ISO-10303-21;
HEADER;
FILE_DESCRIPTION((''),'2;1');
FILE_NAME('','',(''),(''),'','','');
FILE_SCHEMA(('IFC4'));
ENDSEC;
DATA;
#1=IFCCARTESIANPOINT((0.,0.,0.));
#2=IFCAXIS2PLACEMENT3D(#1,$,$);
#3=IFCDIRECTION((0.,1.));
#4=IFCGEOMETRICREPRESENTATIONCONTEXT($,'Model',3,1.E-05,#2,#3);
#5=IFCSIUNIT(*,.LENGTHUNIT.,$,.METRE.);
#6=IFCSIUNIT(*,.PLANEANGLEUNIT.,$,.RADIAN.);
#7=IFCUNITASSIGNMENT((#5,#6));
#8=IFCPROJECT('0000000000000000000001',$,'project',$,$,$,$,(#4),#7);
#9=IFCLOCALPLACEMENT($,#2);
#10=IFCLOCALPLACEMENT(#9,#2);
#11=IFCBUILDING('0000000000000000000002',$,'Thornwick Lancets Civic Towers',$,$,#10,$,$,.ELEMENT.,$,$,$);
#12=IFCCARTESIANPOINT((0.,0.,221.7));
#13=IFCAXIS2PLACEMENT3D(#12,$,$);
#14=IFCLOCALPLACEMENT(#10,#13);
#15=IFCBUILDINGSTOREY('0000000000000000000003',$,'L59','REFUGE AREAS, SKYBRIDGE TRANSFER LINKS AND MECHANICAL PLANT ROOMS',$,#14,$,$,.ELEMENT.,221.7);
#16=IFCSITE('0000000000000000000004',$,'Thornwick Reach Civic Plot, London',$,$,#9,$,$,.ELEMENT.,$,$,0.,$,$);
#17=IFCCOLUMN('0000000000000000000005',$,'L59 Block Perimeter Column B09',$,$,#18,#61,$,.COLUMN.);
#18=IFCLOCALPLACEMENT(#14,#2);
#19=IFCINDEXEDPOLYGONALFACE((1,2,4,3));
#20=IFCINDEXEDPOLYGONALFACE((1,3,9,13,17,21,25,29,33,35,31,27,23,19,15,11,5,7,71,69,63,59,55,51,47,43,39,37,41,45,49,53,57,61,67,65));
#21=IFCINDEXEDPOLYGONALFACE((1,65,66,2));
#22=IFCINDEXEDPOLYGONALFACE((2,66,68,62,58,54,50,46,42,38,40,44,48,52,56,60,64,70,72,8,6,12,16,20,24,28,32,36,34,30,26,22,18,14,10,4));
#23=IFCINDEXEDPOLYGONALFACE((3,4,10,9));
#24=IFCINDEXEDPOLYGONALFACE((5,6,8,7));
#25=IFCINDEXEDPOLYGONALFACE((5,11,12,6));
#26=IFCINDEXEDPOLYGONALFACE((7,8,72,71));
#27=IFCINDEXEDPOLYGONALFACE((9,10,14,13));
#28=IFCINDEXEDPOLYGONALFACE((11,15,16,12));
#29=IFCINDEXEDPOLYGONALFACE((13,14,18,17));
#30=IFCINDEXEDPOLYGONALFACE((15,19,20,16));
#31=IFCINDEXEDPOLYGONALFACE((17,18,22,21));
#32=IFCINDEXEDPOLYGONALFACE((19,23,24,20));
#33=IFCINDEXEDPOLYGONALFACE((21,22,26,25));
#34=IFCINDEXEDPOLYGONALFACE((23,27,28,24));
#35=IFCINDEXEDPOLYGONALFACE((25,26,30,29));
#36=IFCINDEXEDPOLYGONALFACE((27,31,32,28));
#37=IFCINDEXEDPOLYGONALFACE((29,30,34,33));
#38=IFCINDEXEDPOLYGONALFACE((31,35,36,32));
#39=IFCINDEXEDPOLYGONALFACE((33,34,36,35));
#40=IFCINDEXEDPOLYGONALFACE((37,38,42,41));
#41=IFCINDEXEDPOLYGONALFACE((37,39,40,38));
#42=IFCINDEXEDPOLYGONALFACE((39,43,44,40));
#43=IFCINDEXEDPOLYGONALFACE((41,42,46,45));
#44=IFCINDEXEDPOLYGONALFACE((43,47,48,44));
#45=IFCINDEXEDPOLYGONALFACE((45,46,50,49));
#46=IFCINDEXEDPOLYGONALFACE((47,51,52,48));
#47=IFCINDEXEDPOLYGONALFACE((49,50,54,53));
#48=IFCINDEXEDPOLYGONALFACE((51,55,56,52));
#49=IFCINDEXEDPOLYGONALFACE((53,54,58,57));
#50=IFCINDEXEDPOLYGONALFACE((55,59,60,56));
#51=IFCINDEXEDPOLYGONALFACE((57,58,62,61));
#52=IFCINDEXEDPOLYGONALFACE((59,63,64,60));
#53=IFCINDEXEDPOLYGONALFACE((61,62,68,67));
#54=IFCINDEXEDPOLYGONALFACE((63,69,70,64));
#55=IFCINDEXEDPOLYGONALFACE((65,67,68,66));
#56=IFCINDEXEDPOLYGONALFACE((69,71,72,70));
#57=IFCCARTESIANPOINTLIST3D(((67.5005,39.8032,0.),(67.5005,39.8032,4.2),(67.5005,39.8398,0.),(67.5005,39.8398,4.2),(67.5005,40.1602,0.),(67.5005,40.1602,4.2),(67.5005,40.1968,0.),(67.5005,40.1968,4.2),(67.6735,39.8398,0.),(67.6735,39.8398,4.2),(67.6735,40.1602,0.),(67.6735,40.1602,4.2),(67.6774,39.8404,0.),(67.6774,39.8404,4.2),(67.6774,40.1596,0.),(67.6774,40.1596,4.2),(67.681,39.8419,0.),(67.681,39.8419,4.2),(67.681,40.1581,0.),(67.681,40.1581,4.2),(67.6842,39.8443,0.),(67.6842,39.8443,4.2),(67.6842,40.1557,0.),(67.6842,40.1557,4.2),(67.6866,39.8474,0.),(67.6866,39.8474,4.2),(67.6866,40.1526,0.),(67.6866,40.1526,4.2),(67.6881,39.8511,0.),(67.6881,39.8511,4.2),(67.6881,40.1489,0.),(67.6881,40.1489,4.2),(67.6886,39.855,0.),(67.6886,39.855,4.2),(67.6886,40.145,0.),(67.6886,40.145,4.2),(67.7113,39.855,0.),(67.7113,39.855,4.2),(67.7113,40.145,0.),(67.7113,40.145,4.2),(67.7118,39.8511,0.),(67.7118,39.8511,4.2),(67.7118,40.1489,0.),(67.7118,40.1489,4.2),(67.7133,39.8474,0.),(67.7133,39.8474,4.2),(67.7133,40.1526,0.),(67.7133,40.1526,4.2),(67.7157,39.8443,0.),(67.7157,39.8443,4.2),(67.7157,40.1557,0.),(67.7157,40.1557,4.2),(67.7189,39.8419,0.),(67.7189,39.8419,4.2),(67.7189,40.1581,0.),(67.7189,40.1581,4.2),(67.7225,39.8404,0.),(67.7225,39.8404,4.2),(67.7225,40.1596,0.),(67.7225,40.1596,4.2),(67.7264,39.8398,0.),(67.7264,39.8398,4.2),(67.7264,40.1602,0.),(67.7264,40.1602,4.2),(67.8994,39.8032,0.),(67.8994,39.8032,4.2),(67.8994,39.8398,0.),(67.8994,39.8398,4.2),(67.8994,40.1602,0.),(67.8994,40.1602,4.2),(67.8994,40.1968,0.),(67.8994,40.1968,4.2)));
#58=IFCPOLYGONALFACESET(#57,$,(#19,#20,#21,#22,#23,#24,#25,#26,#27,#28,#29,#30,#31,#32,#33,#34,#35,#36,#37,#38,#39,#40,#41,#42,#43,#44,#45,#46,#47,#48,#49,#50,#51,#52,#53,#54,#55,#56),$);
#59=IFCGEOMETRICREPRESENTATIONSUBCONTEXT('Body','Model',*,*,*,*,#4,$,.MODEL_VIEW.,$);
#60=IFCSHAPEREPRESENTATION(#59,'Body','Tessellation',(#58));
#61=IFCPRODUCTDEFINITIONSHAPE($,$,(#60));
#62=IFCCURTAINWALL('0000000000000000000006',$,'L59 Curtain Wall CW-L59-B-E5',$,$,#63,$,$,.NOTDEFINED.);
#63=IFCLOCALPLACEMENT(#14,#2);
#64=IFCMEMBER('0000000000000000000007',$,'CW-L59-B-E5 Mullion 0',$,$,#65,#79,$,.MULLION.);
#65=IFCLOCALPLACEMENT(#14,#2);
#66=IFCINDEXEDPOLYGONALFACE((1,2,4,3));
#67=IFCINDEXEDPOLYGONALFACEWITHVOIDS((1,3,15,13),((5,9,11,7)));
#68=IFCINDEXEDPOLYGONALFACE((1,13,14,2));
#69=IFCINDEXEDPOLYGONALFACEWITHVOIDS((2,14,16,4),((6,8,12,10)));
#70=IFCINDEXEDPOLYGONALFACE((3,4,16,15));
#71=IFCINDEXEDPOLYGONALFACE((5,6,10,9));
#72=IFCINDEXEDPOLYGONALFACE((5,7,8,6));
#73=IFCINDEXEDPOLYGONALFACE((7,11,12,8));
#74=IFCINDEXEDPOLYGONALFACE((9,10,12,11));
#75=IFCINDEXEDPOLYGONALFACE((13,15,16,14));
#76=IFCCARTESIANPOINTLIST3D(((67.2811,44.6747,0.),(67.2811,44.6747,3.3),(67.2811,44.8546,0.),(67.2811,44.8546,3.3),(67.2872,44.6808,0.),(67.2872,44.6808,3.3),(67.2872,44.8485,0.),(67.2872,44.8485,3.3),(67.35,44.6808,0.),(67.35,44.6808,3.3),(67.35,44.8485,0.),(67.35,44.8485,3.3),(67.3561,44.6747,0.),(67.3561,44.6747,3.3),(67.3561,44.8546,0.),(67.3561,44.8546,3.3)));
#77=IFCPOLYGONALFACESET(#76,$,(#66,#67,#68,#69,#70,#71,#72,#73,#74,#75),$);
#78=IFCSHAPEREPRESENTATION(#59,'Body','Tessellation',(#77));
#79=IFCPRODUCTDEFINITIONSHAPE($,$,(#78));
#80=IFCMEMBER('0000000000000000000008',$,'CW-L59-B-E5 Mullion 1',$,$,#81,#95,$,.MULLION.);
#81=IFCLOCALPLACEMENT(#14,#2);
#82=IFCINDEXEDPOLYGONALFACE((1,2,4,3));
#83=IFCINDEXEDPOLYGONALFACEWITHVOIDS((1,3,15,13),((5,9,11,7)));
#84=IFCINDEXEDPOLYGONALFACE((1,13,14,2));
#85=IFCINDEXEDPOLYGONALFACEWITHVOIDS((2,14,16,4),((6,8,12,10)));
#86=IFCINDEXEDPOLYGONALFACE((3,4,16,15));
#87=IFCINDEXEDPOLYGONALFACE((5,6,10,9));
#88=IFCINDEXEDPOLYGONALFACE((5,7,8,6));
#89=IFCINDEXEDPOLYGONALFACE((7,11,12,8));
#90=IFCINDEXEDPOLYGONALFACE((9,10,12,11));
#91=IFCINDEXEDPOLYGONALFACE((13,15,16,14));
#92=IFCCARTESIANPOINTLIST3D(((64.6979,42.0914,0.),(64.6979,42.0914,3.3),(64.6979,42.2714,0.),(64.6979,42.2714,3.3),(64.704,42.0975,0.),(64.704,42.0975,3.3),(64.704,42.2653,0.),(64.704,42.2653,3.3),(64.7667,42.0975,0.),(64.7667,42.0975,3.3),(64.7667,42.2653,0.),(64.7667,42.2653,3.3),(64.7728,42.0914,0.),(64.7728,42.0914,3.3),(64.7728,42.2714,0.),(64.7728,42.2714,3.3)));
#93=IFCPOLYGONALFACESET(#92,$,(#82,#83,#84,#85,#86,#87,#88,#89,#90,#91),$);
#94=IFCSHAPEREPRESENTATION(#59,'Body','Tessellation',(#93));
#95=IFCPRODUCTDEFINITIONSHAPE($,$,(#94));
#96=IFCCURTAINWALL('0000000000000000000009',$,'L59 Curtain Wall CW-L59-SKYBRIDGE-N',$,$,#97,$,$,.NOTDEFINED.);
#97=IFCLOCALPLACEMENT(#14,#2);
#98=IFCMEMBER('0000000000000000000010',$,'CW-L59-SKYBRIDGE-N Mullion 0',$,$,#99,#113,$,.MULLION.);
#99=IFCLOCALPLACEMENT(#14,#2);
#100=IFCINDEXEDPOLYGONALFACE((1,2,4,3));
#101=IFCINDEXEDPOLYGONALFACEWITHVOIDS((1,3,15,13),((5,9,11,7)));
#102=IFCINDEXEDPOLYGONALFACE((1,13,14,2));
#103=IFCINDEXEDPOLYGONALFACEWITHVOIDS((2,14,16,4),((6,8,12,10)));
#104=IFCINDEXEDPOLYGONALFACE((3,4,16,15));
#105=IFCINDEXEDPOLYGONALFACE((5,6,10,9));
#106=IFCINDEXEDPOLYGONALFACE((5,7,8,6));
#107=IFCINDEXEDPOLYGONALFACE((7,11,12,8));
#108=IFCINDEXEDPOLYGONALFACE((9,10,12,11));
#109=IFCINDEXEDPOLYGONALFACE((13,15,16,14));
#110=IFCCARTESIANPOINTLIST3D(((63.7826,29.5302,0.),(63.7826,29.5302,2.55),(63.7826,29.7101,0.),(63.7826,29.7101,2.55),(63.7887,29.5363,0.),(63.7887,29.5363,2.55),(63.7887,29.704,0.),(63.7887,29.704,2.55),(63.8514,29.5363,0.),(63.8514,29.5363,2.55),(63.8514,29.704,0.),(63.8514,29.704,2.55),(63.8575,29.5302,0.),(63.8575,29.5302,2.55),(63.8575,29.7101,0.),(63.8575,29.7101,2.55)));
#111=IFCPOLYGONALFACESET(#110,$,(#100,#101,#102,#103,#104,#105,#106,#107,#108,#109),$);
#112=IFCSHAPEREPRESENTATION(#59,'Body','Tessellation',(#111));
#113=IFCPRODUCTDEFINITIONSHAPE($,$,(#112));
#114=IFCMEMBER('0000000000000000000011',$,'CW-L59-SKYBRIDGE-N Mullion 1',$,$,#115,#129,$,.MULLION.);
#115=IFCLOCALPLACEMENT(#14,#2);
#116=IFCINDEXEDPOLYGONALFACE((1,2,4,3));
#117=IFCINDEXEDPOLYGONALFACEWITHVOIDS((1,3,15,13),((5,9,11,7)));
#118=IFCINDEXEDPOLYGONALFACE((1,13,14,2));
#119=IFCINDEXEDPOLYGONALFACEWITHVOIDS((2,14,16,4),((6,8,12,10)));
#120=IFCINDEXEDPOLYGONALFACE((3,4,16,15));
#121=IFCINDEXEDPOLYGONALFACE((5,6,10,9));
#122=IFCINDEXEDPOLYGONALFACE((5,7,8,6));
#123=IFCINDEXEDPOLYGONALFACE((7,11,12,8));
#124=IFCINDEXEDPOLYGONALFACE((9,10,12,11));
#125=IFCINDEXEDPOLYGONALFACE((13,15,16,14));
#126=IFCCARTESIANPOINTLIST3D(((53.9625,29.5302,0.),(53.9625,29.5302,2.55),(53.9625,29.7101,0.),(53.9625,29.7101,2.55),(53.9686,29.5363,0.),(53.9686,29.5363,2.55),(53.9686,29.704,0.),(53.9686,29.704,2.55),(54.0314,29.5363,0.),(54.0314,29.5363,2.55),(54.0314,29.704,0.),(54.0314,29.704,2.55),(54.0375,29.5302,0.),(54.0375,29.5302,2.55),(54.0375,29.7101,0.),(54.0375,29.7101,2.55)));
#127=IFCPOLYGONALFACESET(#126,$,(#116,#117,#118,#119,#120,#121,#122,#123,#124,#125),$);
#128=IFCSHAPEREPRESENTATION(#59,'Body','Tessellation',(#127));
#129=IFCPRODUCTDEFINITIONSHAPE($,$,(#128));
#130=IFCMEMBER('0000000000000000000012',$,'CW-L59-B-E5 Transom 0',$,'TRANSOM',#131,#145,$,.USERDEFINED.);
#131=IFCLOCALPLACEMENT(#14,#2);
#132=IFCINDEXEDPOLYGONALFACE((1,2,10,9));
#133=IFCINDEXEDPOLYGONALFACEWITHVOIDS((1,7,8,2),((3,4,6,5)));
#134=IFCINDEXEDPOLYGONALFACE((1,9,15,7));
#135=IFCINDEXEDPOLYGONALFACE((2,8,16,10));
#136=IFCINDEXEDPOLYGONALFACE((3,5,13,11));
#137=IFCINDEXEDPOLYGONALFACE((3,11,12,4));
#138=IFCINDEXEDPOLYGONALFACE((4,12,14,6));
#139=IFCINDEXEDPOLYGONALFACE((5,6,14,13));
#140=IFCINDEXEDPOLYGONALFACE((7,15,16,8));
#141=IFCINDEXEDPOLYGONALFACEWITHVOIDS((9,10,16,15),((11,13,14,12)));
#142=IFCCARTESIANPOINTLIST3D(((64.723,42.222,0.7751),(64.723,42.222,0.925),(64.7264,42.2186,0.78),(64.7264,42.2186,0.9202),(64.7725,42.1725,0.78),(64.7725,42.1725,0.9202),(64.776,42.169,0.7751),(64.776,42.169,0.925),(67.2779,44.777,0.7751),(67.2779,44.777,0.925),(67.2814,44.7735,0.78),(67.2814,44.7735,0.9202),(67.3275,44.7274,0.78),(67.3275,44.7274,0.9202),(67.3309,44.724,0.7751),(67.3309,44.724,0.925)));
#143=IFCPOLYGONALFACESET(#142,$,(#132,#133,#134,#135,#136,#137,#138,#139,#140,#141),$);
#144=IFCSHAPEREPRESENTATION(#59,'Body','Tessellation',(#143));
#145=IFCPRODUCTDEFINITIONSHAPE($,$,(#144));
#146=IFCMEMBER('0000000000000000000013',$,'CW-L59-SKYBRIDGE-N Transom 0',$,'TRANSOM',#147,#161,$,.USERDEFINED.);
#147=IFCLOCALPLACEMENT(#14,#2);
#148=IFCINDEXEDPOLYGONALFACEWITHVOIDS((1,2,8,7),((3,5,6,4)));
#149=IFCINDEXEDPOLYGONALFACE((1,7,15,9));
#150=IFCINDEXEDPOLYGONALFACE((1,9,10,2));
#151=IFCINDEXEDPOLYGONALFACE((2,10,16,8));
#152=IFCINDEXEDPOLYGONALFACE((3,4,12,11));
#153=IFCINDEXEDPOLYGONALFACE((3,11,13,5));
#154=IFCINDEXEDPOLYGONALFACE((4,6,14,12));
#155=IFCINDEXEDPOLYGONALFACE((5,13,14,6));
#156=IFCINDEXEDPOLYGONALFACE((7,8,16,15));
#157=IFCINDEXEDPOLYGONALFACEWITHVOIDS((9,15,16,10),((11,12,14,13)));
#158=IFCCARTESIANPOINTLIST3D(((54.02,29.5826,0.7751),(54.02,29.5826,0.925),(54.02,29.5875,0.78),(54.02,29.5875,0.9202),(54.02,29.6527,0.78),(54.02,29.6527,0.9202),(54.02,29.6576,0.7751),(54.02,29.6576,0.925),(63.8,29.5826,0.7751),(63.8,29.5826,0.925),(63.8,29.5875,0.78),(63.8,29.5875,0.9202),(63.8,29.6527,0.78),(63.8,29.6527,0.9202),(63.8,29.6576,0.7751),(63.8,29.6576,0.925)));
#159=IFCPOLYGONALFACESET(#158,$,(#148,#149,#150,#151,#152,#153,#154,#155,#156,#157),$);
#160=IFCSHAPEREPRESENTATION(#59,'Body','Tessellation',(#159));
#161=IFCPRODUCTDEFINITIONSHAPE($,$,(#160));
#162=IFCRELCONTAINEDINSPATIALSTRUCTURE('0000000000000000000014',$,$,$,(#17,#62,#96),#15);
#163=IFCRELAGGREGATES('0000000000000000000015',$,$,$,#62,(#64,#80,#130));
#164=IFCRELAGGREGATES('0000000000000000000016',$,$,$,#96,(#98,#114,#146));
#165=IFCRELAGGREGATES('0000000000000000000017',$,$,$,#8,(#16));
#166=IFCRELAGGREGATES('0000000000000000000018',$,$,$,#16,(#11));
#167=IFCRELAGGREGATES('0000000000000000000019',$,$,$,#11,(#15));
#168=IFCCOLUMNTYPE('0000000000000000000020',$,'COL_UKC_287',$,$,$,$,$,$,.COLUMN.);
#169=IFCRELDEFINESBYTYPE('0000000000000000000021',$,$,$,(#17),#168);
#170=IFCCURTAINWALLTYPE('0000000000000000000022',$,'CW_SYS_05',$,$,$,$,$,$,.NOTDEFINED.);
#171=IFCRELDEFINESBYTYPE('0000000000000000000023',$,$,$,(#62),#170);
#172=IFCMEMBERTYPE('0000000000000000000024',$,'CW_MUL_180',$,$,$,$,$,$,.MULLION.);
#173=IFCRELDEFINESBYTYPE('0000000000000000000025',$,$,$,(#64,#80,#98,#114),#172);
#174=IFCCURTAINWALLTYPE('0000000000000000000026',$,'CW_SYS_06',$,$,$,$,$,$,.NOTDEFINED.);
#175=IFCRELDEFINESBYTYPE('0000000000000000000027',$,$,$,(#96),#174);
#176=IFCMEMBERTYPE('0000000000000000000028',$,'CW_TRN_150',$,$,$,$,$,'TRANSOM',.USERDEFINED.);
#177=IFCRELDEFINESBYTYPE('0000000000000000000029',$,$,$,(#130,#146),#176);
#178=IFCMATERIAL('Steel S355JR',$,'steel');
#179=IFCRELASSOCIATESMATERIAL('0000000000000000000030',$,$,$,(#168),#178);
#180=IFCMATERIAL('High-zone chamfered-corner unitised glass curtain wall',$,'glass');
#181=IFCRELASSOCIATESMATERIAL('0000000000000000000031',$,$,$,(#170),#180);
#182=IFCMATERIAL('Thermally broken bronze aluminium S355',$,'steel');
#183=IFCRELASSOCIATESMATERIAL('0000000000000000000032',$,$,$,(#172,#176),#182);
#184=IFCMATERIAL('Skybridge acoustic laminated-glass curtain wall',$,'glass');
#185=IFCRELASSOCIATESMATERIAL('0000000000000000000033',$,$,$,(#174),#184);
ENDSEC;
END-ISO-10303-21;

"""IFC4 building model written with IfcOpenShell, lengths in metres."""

from ifc_helpers import new_model, si_unit, direction, frame, origin, origin_2d, place, context, subcontext, project, spatial, hollow_rectangle, i_section, extrude, material, material_profile, profile_set, type_object, element, aggregate, save


model = new_model("IFC4")

# Units and contexts
model_context = context("Model", 3, precision=1e-05, world=origin(), true_north=direction((0.0, 1.0)))
body_context = subcontext(model_context, "Body", "Model", "MODEL_VIEW")
ifc_project = project(units=[si_unit("LENGTHUNIT", "METRE"), si_unit("PLANEANGLEUNIT", "RADIAN")], contexts=[model_context])

# Site, building, storey
site_placement = place(None, origin())
site = spatial("IfcSite", under=ifc_project, at=site_placement, Name="Thornwick Reach Civic Plot, London", CompositionType="ELEMENT", RefElevation=0.0)
building_placement = place(site_placement, origin())
building = spatial("IfcBuilding", under=site, at=building_placement, Name="Thornwick Lancets Civic Towers", CompositionType="ELEMENT")
storey_placement = place(building_placement, frame((0.0, 0.0, 221.7)))
storey = spatial("IfcBuildingStorey", under=building, at=storey_placement, Name="L59", Description="REFUGE AREAS, SKYBRIDGE TRANSFER LINKS AND MECHANICAL PLANT ROOMS", CompositionType="ELEMENT", Elevation=221.7)

# Column
ifc_material_1 = material(Name="Steel S355JR", Category="steel")
ifc_material_profile_1 = material_profile(ifc_material_1, i_section(OverallWidth=0.3989, OverallDepth=0.3936, WebThickness=0.0227, FlangeThickness=0.0366, FilletRadius=0.0151, at=origin_2d()), Name="UKC 356x406x287")
ifc_profile_set_1 = profile_set([ifc_material_profile_1], Name="Steel S355JR")
column_type = type_object("IfcColumnType", Name="COL_UKC_287", PredefinedType="COLUMN", material=ifc_profile_set_1)
column_placement = place(storey_placement, frame((67.7, 40.0, 0.0), z_axis=(0.0, 0.0, 1.0), x_axis=(1.0, 0.0, 0.0)))
element("IfcColumn", 1, at=column_placement, inside=storey, type_object=column_type, Name="L59 Block Perimeter Column B09", PredefinedType="COLUMN", context=body_context, shape_type="SweptSolid", body=[
    extrude(i_section(OverallWidth=0.3989, OverallDepth=0.3936, WebThickness=0.0227, FlangeThickness=0.0366, FilletRadius=0.0151, at=origin_2d()), origin(), (0.0, 0.0, 1.0), 4.2),
])

# Curtain walls, members
ifc_material_2 = material(Name="High-zone chamfered-corner unitised glass curtain wall", Category="glass")
curtain_wall_type_1 = type_object("IfcCurtainWallType", Name="CW_SYS_05", PredefinedType="NOTDEFINED", material=ifc_material_2)
curtain_wall_1_placement = place(storey_placement, origin())
curtain_wall_1 = element("IfcCurtainWall", 2, at=curtain_wall_1_placement, inside=storey, type_object=curtain_wall_type_1, Name="L59 Curtain Wall CW-L59-B-E5", PredefinedType="NOTDEFINED")
ifc_material_3 = material(Name="Thermally broken bronze aluminium S355", Category="steel")
ifc_material_profile_2 = material_profile(ifc_material_3, hollow_rectangle(XDim=0.075, YDim=0.1799, WallThickness=0.0061, at=origin_2d()), Name="RHS 180x75x6")
ifc_profile_set_2 = profile_set([ifc_material_profile_2], Name="Thermally broken bronze aluminium S355")
member_type_1 = type_object("IfcMemberType", Name="CW_MUL_180", PredefinedType="MULLION", material=ifc_profile_set_2)
member_1_placement = place(storey_placement, frame((67.3186, 44.7646, 0.0), z_axis=(0.0, 0.0, 1.0), x_axis=(1.0, 0.0, 0.0)))
member_1 = element("IfcMember", 3, at=member_1_placement, type_object=member_type_1, Name="CW-L59-B-E5 Mullion 0", PredefinedType="MULLION", context=body_context, shape_type="SweptSolid", body=[
    extrude(hollow_rectangle(XDim=0.075, YDim=0.1799, WallThickness=0.0061, at=origin_2d()), origin(), (0.0, 0.0, 1.0), 3.3),
])
member_2_placement = place(storey_placement, frame((64.7354, 42.1814, 0.0), z_axis=(0.0, 0.0, 1.0), x_axis=(1.0, 0.0, 0.0)))
member_2 = element("IfcMember", 4, at=member_2_placement, type_object=member_type_1, Name="CW-L59-B-E5 Mullion 1", PredefinedType="MULLION", context=body_context, shape_type="SweptSolid", body=[
    extrude(hollow_rectangle(XDim=0.075, YDim=0.1799, WallThickness=0.0061, at=origin_2d()), origin(), (0.0, 0.0, 1.0), 3.3),
])
ifc_material_4 = material(Name="Skybridge acoustic laminated-glass curtain wall", Category="glass")
curtain_wall_type_2 = type_object("IfcCurtainWallType", Name="CW_SYS_06", PredefinedType="NOTDEFINED", material=ifc_material_4)
curtain_wall_2_placement = place(storey_placement, origin())
curtain_wall_2 = element("IfcCurtainWall", 5, at=curtain_wall_2_placement, inside=storey, type_object=curtain_wall_type_2, Name="L59 Curtain Wall CW-L59-SKYBRIDGE-N", PredefinedType="NOTDEFINED")
member_3_placement = place(storey_placement, frame((63.8201, 29.6201, 0.0), z_axis=(0.0, 0.0, 1.0), x_axis=(1.0, 0.0, 0.0)))
member_3 = element("IfcMember", 6, at=member_3_placement, type_object=member_type_1, Name="CW-L59-SKYBRIDGE-N Mullion 0", PredefinedType="MULLION", context=body_context, shape_type="SweptSolid", body=[
    extrude(hollow_rectangle(XDim=0.075, YDim=0.1799, WallThickness=0.0061, at=origin_2d()), origin(), (0.0, 0.0, 1.0), 2.55),
])
member_4_placement = place(storey_placement, frame((54.0, 29.6201, 0.0), z_axis=(0.0, 0.0, 1.0), x_axis=(1.0, 0.0, 0.0)))
member_4 = element("IfcMember", 7, at=member_4_placement, type_object=member_type_1, Name="CW-L59-SKYBRIDGE-N Mullion 1", PredefinedType="MULLION", context=body_context, shape_type="SweptSolid", body=[
    extrude(hollow_rectangle(XDim=0.075, YDim=0.1799, WallThickness=0.0061, at=origin_2d()), origin(), (0.0, 0.0, 1.0), 2.55),
])

# Members
ifc_material_profile_3 = material_profile(ifc_material_3, hollow_rectangle(XDim=0.075, YDim=0.1499, WallThickness=0.0049, at=origin_2d()), Name="RHS 150x75x5")
ifc_profile_set_3 = profile_set([ifc_material_profile_3], Name="Thermally broken bronze aluminium S355")
member_type_2 = type_object("IfcMemberType", Name="CW_TRN_150", ElementType="TRANSOM", PredefinedType="USERDEFINED", material=ifc_profile_set_3)
member_5_placement = place(storey_placement, frame((67.3044, 44.7505, 0.8501), z_axis=(-0.707107, -0.707107, 0.0), x_axis=(0.707107, -0.707107, 0.0)))
member_5 = element("IfcMember", 8, at=member_5_placement, type_object=member_type_2, Name="CW-L59-B-E5 Transom 0", ObjectType="TRANSOM", PredefinedType="USERDEFINED", context=body_context, shape_type="SweptSolid", body=[
    extrude(hollow_rectangle(XDim=0.075, YDim=0.1499, WallThickness=0.0049, at=origin_2d()), origin(), (0.0, 0.0, 1.0), 3.6133),
])
member_6_placement = place(storey_placement, frame((63.8, 29.6201, 0.8501), z_axis=(-1.0, 0.0, 0.0), x_axis=(0.0, -1.0, 0.0)))
member_6 = element("IfcMember", 9, at=member_6_placement, type_object=member_type_2, Name="CW-L59-SKYBRIDGE-N Transom 0", ObjectType="TRANSOM", PredefinedType="USERDEFINED", context=body_context, shape_type="SweptSolid", body=[
    extrude(hollow_rectangle(XDim=0.075, YDim=0.1499, WallThickness=0.0049, at=origin_2d()), origin(), (0.0, 0.0, 1.0), 9.78),
])

aggregate(curtain_wall_1, [member_1, member_2, member_5])
aggregate(curtain_wall_2, [member_3, member_4, member_6])

save(model, "model.ifc")
